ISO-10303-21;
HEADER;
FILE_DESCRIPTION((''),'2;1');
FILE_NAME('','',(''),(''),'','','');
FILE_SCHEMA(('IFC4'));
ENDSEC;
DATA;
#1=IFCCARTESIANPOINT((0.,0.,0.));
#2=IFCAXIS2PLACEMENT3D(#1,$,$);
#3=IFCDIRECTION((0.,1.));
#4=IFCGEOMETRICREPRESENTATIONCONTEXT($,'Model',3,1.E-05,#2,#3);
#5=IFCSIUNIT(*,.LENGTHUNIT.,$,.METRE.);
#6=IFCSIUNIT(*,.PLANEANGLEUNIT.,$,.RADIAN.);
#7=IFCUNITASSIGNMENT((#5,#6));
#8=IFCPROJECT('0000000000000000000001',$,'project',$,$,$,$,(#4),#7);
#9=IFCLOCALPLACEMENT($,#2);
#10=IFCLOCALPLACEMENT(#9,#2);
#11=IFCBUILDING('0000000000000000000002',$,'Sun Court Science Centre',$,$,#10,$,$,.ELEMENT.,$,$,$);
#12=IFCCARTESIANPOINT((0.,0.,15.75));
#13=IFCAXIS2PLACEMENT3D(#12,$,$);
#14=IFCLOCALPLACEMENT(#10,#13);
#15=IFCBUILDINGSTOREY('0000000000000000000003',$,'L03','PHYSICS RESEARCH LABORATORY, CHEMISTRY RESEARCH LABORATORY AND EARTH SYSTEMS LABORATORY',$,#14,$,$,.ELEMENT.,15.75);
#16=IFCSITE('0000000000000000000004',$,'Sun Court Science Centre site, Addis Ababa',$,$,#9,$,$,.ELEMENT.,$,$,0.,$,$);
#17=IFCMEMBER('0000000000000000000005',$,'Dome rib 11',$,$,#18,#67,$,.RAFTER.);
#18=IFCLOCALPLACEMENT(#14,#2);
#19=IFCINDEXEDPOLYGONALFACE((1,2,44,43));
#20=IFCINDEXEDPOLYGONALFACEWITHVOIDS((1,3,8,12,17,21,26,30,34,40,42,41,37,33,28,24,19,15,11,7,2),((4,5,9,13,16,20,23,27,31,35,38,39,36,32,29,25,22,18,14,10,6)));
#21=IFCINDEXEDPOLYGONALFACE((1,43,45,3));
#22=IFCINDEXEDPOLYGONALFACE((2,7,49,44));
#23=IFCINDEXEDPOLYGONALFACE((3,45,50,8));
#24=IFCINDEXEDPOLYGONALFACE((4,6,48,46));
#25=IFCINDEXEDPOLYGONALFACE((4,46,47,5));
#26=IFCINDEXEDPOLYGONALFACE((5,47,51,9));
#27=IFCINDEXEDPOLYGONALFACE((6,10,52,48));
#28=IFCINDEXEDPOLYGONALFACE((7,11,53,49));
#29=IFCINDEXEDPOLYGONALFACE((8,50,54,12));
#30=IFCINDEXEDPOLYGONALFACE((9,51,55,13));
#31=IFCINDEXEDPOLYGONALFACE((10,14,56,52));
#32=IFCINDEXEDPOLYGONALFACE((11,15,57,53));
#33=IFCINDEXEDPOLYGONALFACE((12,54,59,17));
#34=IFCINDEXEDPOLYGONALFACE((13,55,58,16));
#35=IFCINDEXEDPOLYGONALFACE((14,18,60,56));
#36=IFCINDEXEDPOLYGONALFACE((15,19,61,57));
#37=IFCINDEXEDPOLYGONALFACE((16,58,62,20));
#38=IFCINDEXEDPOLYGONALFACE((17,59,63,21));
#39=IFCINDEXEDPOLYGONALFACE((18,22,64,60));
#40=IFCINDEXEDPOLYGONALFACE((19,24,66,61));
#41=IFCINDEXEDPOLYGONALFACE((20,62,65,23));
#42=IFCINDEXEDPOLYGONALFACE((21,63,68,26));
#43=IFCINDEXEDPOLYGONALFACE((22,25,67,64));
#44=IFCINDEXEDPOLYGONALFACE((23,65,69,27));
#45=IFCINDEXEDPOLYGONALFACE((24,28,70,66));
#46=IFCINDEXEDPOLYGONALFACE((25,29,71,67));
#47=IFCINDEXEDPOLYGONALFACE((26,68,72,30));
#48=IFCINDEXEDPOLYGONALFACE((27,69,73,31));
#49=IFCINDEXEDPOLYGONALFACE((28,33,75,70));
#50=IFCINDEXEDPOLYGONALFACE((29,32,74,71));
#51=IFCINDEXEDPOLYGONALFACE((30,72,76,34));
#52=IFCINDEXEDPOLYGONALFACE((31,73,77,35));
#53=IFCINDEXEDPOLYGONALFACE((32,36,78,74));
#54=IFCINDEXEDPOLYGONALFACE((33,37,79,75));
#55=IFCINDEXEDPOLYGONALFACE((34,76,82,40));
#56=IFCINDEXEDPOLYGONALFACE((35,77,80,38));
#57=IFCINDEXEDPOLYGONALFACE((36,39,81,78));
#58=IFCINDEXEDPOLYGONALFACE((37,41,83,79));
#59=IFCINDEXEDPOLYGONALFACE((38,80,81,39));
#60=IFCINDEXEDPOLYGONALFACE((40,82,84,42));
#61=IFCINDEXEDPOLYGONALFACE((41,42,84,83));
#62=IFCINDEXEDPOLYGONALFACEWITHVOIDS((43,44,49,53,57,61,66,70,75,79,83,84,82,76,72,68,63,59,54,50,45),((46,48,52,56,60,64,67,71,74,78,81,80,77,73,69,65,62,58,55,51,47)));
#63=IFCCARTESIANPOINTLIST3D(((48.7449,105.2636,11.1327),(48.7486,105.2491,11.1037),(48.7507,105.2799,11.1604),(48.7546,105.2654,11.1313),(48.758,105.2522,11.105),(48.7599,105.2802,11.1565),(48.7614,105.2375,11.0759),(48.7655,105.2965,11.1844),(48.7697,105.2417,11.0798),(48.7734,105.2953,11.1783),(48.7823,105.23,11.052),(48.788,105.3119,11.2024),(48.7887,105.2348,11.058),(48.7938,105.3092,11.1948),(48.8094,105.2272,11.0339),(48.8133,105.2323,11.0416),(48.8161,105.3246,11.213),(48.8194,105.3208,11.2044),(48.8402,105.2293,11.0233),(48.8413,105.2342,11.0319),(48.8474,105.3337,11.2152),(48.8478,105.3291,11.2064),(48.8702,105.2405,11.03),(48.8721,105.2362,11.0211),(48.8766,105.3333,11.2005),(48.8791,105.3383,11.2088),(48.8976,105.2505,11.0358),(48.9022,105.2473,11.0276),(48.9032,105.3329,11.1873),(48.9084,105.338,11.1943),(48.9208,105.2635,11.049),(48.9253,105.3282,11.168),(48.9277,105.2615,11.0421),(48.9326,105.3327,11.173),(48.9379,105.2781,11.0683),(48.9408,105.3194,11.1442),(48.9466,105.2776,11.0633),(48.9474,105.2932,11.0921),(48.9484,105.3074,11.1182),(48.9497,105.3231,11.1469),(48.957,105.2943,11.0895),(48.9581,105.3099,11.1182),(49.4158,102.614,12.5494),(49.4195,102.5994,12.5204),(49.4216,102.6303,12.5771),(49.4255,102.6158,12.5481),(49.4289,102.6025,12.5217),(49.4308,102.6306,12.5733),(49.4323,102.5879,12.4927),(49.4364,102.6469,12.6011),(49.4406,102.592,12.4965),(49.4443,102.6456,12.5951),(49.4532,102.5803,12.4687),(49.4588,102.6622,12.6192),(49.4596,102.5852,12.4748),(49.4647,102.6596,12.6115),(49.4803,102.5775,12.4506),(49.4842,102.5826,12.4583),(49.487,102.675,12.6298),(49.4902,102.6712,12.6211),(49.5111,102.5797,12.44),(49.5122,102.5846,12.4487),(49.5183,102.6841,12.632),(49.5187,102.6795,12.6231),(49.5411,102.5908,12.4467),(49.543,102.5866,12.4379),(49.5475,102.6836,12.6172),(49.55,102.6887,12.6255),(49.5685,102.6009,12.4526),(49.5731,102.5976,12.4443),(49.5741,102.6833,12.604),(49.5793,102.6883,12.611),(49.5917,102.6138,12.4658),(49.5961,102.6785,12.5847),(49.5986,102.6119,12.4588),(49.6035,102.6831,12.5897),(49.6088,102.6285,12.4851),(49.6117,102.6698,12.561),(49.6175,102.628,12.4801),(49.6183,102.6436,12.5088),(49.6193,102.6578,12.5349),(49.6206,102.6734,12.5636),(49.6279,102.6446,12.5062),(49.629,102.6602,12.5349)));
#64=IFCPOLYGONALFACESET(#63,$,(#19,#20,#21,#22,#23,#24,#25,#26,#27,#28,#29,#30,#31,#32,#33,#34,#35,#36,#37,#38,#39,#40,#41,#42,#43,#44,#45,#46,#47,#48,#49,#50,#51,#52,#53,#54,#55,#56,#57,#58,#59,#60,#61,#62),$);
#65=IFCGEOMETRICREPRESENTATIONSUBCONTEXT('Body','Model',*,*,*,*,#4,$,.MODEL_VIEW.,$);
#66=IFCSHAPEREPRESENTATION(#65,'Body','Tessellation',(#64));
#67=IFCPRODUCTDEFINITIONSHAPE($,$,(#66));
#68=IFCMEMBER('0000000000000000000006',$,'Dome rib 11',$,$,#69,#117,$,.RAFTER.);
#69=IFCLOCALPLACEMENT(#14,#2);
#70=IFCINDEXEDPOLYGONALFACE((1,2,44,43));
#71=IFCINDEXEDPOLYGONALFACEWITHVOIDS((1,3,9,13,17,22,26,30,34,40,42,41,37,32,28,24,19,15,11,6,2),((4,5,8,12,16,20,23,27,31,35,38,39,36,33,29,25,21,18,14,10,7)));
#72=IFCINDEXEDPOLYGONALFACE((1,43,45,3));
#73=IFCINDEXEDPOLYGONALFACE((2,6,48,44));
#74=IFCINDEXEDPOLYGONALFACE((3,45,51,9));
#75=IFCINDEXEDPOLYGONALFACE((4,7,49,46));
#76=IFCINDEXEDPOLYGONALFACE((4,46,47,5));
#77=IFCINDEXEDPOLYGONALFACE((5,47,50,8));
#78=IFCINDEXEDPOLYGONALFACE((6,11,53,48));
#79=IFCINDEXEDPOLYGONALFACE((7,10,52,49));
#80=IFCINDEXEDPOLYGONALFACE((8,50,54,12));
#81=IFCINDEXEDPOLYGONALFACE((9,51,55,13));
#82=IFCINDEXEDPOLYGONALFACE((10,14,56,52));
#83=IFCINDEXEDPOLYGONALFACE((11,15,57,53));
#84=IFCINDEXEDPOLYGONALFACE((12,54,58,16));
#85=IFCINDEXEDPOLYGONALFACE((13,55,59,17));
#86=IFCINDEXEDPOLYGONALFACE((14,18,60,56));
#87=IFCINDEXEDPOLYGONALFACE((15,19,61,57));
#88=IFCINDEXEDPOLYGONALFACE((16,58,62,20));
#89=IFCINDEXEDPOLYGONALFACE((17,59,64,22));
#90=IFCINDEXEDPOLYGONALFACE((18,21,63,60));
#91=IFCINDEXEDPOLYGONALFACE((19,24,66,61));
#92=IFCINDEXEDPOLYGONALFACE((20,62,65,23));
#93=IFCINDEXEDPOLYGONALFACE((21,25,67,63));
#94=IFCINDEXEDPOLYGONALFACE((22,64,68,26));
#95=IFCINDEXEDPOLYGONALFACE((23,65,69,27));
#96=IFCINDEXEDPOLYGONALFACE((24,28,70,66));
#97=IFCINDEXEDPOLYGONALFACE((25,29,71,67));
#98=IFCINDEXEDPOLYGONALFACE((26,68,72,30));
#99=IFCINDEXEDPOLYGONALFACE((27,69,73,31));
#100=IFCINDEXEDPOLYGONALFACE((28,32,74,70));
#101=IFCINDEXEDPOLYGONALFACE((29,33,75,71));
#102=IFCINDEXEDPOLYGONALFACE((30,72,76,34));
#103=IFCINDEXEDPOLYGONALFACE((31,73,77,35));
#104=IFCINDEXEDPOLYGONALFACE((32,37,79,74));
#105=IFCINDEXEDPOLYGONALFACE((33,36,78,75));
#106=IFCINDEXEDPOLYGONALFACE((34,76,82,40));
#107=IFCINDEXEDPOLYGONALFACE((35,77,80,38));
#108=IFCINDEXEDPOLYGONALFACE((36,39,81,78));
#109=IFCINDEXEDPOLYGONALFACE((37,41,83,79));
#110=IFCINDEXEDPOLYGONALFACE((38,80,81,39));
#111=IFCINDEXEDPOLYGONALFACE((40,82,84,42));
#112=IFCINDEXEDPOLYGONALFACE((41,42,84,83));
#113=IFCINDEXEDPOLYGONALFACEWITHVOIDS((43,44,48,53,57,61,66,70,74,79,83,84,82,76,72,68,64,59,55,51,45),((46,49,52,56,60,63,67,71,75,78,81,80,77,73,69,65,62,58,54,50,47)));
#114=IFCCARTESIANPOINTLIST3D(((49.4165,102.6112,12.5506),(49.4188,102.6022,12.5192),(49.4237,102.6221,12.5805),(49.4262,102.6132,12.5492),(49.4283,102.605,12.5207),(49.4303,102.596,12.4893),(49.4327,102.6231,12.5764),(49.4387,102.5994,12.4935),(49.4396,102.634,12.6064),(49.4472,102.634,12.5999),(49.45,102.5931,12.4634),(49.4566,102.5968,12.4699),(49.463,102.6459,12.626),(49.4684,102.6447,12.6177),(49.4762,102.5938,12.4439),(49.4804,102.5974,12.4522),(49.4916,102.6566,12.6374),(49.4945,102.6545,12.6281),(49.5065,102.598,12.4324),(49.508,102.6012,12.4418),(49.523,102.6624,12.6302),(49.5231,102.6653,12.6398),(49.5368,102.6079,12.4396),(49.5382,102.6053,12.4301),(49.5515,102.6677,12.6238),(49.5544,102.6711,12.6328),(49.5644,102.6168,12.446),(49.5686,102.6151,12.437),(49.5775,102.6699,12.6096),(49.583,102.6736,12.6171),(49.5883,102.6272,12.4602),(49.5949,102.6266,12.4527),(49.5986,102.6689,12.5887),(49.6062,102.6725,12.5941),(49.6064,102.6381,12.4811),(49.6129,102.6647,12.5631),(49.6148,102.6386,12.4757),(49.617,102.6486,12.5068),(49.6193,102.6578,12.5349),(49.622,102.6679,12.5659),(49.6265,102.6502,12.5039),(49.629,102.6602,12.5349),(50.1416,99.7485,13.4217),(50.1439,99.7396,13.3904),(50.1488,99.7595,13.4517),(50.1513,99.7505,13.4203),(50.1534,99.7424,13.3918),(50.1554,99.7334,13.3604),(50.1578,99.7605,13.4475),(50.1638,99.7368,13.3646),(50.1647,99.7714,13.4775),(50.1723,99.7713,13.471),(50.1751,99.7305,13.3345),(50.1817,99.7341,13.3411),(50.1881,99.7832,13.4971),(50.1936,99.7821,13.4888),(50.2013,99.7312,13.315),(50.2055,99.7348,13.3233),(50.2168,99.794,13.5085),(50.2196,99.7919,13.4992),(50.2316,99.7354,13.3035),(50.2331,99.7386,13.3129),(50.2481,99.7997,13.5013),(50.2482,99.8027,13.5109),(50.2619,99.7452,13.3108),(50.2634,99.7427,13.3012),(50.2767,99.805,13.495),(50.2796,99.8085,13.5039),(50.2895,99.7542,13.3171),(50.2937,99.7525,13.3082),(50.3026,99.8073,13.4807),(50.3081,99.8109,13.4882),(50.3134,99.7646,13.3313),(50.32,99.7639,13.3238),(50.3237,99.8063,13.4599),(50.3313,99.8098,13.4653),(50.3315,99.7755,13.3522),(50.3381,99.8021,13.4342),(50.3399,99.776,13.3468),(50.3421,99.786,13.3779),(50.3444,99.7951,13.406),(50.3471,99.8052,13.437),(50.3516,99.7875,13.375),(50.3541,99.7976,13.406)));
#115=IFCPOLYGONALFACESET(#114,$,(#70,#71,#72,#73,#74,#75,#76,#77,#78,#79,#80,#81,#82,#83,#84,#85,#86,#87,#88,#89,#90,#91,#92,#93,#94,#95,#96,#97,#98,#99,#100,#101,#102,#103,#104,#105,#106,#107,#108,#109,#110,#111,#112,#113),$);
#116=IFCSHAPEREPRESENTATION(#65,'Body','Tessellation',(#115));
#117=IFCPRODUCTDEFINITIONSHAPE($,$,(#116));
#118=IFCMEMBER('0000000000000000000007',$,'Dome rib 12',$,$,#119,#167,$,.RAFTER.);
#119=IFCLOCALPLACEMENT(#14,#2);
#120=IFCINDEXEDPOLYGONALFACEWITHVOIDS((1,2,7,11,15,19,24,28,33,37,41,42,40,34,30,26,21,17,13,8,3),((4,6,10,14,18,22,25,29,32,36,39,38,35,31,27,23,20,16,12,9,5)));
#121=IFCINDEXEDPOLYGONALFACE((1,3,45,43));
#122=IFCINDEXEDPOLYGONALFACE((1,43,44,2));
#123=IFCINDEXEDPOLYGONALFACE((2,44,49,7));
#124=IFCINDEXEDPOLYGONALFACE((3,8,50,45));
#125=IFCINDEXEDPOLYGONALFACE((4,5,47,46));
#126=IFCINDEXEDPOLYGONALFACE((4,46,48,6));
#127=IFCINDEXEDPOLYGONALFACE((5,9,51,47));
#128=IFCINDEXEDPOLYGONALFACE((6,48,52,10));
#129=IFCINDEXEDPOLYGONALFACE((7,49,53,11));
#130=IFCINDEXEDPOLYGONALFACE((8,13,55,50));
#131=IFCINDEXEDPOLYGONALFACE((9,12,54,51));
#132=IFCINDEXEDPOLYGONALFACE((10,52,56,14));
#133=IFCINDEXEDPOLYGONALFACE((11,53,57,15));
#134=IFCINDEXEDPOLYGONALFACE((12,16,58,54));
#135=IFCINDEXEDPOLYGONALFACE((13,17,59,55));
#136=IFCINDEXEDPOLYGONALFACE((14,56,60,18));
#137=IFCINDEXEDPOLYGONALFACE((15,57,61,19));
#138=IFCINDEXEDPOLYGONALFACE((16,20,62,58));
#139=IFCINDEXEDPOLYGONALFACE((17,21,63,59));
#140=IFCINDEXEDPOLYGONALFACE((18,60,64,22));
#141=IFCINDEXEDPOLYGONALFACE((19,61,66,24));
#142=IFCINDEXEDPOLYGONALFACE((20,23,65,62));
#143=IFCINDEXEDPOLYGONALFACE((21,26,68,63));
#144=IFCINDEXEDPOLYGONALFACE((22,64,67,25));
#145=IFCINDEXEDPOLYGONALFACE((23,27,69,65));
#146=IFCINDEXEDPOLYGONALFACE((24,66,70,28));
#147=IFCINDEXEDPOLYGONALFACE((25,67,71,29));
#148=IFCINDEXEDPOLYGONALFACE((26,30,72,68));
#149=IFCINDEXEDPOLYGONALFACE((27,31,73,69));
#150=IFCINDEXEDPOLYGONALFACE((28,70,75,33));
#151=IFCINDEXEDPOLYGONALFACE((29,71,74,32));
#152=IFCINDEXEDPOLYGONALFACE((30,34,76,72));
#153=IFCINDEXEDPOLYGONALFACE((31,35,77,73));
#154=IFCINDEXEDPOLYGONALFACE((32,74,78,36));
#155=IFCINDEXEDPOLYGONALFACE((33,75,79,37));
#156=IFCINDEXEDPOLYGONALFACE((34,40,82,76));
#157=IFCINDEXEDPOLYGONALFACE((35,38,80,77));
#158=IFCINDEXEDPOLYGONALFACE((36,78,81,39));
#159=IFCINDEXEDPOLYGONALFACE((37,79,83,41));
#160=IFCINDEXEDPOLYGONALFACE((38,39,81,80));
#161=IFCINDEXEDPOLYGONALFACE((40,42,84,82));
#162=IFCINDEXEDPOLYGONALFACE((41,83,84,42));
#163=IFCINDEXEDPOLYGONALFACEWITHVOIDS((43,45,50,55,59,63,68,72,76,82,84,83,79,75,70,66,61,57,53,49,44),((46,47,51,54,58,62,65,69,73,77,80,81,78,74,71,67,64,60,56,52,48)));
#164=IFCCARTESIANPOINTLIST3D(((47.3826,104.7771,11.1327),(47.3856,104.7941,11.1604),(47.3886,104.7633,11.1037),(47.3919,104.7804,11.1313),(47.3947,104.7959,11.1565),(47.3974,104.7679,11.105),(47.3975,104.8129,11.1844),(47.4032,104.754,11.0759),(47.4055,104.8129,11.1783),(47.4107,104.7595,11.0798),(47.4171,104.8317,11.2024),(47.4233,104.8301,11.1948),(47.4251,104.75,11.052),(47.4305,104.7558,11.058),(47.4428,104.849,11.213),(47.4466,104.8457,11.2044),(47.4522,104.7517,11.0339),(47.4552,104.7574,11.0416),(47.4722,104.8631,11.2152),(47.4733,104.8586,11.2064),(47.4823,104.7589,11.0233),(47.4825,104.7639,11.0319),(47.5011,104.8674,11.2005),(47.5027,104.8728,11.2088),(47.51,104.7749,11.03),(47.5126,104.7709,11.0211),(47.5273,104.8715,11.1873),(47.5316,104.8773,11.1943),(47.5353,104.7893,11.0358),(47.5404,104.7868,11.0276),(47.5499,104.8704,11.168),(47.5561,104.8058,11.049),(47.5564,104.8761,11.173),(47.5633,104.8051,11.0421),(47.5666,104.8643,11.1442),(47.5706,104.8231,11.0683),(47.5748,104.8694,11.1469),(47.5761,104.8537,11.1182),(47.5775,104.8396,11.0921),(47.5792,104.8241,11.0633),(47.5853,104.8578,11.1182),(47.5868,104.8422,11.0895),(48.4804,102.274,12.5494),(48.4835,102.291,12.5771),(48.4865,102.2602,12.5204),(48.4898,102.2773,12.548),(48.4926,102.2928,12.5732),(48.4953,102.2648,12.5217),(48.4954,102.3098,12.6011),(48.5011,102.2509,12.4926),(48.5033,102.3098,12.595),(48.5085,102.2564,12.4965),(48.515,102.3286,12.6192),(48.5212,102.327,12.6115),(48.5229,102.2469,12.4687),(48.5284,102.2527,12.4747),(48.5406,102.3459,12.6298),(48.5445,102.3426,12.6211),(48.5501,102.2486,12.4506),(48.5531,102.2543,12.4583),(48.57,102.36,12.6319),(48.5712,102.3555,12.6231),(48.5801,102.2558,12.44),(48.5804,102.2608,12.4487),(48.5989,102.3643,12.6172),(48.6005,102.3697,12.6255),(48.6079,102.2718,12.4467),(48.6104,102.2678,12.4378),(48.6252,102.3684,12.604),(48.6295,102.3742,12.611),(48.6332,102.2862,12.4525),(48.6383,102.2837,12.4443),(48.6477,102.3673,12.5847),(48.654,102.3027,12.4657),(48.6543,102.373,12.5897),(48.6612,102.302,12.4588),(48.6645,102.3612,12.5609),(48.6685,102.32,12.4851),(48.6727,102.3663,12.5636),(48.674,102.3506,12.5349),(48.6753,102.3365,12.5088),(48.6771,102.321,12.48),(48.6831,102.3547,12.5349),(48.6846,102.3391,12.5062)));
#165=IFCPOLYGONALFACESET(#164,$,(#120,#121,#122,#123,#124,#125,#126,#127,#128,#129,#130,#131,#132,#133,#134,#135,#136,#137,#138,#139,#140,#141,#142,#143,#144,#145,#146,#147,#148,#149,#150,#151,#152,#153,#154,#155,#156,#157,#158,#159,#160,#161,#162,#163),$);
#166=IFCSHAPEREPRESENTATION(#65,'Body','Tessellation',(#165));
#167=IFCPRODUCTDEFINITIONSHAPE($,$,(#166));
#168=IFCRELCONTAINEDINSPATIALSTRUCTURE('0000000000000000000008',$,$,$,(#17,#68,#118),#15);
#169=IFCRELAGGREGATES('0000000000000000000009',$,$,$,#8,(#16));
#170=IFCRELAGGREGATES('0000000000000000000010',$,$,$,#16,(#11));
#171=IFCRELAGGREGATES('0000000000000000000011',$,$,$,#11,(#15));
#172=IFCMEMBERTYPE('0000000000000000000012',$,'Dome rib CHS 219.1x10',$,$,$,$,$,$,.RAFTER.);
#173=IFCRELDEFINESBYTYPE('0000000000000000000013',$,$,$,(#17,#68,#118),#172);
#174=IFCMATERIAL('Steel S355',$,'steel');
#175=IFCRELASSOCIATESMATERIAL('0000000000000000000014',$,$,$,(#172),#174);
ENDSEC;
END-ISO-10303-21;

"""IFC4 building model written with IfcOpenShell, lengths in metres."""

from ifc_helpers import new_model, si_unit, direction, frame, origin, origin_2d, place, context, subcontext, project, spatial, hollow_circle, extrude, material, material_profile, profile_set, type_object, element, save


model = new_model("IFC4")

# Units and contexts
model_context = context("Model", 3, precision=1e-05, world=origin(), true_north=direction((0.0, 1.0)))
body_context = subcontext(model_context, "Body", "Model", "MODEL_VIEW")
ifc_project = project(units=[si_unit("LENGTHUNIT", "METRE"), si_unit("PLANEANGLEUNIT", "RADIAN")], contexts=[model_context])

# Site, building, storey
site_placement = place(None, origin())
site = spatial("IfcSite", under=ifc_project, at=site_placement, Name="Sun Court Science Centre site, Addis Ababa", CompositionType="ELEMENT", RefElevation=0.0)
building_placement = place(site_placement, origin())
building = spatial("IfcBuilding", under=site, at=building_placement, Name="Sun Court Science Centre", CompositionType="ELEMENT")
storey_placement = place(building_placement, frame((0.0, 0.0, 15.75)))
storey = spatial("IfcBuildingStorey", under=building, at=storey_placement, Name="L03", Description="PHYSICS RESEARCH LABORATORY, CHEMISTRY RESEARCH LABORATORY AND EARTH SYSTEMS LABORATORY", CompositionType="ELEMENT", Elevation=15.75)

# Members
ifc_material_1 = material(Name="Steel S355", Category="steel")
ifc_material_profile_1 = material_profile(ifc_material_1, hollow_circle(Radius=0.1096, WallThickness=0.01, at=origin_2d()), Name="CHS 219.1x10")
ifc_profile_set_1 = profile_set([ifc_material_profile_1], Name="Steel S355")
member_type_1 = type_object("IfcMemberType", Name="Dome rib CHS 219.1x10", PredefinedType="RAFTER", material=ifc_profile_set_1)
member_1_placement = place(storey_placement, frame((48.8518, 105.283, 11.1182), z_axis=(0.217921, -0.860661, 0.460188), x_axis=(0.969408, 0.245456, 0.0)))
element("IfcMember", 1, at=member_1_placement, inside=storey, type_object=member_type_1, Name="Dome rib 11", PredefinedType="RAFTER", context=body_context, shape_type="SweptSolid", body=[
    extrude(hollow_circle(Radius=0.1096, WallThickness=0.01, at=origin_2d()), origin(), (0.0, 0.0, 1.0), 3.0786),
])
member_2_placement = place(storey_placement, frame((49.5227, 102.6333, 12.5349), z_axis=(0.235516, -0.929774, 0.282937), x_axis=(0.969384, 0.24555, 0.0)))
element("IfcMember", 2, at=member_2_placement, inside=storey, type_object=member_type_1, Name="Dome rib 11", PredefinedType="RAFTER", context=body_context, shape_type="SweptSolid", body=[
    extrude(hollow_circle(Radius=0.1096, WallThickness=0.01, at=origin_2d()), origin(), (0.0, 0.0, 1.0), 3.0789),
])
member_3_placement = place(storey_placement, frame((47.4849, 104.8137, 11.1182), z_axis=(0.356611, -0.81306, 0.460176), x_axis=(0.915786, 0.401667, 0.0)))
element("IfcMember", 3, at=member_3_placement, inside=storey, type_object=member_type_1, Name="Dome rib 12", PredefinedType="RAFTER", context=body_context, shape_type="SweptSolid", body=[
    extrude(hollow_circle(Radius=0.1096, WallThickness=0.01, at=origin_2d()), origin(), (0.0, 0.0, 1.0), 3.0786),
])

save(model, "model.ifc")
